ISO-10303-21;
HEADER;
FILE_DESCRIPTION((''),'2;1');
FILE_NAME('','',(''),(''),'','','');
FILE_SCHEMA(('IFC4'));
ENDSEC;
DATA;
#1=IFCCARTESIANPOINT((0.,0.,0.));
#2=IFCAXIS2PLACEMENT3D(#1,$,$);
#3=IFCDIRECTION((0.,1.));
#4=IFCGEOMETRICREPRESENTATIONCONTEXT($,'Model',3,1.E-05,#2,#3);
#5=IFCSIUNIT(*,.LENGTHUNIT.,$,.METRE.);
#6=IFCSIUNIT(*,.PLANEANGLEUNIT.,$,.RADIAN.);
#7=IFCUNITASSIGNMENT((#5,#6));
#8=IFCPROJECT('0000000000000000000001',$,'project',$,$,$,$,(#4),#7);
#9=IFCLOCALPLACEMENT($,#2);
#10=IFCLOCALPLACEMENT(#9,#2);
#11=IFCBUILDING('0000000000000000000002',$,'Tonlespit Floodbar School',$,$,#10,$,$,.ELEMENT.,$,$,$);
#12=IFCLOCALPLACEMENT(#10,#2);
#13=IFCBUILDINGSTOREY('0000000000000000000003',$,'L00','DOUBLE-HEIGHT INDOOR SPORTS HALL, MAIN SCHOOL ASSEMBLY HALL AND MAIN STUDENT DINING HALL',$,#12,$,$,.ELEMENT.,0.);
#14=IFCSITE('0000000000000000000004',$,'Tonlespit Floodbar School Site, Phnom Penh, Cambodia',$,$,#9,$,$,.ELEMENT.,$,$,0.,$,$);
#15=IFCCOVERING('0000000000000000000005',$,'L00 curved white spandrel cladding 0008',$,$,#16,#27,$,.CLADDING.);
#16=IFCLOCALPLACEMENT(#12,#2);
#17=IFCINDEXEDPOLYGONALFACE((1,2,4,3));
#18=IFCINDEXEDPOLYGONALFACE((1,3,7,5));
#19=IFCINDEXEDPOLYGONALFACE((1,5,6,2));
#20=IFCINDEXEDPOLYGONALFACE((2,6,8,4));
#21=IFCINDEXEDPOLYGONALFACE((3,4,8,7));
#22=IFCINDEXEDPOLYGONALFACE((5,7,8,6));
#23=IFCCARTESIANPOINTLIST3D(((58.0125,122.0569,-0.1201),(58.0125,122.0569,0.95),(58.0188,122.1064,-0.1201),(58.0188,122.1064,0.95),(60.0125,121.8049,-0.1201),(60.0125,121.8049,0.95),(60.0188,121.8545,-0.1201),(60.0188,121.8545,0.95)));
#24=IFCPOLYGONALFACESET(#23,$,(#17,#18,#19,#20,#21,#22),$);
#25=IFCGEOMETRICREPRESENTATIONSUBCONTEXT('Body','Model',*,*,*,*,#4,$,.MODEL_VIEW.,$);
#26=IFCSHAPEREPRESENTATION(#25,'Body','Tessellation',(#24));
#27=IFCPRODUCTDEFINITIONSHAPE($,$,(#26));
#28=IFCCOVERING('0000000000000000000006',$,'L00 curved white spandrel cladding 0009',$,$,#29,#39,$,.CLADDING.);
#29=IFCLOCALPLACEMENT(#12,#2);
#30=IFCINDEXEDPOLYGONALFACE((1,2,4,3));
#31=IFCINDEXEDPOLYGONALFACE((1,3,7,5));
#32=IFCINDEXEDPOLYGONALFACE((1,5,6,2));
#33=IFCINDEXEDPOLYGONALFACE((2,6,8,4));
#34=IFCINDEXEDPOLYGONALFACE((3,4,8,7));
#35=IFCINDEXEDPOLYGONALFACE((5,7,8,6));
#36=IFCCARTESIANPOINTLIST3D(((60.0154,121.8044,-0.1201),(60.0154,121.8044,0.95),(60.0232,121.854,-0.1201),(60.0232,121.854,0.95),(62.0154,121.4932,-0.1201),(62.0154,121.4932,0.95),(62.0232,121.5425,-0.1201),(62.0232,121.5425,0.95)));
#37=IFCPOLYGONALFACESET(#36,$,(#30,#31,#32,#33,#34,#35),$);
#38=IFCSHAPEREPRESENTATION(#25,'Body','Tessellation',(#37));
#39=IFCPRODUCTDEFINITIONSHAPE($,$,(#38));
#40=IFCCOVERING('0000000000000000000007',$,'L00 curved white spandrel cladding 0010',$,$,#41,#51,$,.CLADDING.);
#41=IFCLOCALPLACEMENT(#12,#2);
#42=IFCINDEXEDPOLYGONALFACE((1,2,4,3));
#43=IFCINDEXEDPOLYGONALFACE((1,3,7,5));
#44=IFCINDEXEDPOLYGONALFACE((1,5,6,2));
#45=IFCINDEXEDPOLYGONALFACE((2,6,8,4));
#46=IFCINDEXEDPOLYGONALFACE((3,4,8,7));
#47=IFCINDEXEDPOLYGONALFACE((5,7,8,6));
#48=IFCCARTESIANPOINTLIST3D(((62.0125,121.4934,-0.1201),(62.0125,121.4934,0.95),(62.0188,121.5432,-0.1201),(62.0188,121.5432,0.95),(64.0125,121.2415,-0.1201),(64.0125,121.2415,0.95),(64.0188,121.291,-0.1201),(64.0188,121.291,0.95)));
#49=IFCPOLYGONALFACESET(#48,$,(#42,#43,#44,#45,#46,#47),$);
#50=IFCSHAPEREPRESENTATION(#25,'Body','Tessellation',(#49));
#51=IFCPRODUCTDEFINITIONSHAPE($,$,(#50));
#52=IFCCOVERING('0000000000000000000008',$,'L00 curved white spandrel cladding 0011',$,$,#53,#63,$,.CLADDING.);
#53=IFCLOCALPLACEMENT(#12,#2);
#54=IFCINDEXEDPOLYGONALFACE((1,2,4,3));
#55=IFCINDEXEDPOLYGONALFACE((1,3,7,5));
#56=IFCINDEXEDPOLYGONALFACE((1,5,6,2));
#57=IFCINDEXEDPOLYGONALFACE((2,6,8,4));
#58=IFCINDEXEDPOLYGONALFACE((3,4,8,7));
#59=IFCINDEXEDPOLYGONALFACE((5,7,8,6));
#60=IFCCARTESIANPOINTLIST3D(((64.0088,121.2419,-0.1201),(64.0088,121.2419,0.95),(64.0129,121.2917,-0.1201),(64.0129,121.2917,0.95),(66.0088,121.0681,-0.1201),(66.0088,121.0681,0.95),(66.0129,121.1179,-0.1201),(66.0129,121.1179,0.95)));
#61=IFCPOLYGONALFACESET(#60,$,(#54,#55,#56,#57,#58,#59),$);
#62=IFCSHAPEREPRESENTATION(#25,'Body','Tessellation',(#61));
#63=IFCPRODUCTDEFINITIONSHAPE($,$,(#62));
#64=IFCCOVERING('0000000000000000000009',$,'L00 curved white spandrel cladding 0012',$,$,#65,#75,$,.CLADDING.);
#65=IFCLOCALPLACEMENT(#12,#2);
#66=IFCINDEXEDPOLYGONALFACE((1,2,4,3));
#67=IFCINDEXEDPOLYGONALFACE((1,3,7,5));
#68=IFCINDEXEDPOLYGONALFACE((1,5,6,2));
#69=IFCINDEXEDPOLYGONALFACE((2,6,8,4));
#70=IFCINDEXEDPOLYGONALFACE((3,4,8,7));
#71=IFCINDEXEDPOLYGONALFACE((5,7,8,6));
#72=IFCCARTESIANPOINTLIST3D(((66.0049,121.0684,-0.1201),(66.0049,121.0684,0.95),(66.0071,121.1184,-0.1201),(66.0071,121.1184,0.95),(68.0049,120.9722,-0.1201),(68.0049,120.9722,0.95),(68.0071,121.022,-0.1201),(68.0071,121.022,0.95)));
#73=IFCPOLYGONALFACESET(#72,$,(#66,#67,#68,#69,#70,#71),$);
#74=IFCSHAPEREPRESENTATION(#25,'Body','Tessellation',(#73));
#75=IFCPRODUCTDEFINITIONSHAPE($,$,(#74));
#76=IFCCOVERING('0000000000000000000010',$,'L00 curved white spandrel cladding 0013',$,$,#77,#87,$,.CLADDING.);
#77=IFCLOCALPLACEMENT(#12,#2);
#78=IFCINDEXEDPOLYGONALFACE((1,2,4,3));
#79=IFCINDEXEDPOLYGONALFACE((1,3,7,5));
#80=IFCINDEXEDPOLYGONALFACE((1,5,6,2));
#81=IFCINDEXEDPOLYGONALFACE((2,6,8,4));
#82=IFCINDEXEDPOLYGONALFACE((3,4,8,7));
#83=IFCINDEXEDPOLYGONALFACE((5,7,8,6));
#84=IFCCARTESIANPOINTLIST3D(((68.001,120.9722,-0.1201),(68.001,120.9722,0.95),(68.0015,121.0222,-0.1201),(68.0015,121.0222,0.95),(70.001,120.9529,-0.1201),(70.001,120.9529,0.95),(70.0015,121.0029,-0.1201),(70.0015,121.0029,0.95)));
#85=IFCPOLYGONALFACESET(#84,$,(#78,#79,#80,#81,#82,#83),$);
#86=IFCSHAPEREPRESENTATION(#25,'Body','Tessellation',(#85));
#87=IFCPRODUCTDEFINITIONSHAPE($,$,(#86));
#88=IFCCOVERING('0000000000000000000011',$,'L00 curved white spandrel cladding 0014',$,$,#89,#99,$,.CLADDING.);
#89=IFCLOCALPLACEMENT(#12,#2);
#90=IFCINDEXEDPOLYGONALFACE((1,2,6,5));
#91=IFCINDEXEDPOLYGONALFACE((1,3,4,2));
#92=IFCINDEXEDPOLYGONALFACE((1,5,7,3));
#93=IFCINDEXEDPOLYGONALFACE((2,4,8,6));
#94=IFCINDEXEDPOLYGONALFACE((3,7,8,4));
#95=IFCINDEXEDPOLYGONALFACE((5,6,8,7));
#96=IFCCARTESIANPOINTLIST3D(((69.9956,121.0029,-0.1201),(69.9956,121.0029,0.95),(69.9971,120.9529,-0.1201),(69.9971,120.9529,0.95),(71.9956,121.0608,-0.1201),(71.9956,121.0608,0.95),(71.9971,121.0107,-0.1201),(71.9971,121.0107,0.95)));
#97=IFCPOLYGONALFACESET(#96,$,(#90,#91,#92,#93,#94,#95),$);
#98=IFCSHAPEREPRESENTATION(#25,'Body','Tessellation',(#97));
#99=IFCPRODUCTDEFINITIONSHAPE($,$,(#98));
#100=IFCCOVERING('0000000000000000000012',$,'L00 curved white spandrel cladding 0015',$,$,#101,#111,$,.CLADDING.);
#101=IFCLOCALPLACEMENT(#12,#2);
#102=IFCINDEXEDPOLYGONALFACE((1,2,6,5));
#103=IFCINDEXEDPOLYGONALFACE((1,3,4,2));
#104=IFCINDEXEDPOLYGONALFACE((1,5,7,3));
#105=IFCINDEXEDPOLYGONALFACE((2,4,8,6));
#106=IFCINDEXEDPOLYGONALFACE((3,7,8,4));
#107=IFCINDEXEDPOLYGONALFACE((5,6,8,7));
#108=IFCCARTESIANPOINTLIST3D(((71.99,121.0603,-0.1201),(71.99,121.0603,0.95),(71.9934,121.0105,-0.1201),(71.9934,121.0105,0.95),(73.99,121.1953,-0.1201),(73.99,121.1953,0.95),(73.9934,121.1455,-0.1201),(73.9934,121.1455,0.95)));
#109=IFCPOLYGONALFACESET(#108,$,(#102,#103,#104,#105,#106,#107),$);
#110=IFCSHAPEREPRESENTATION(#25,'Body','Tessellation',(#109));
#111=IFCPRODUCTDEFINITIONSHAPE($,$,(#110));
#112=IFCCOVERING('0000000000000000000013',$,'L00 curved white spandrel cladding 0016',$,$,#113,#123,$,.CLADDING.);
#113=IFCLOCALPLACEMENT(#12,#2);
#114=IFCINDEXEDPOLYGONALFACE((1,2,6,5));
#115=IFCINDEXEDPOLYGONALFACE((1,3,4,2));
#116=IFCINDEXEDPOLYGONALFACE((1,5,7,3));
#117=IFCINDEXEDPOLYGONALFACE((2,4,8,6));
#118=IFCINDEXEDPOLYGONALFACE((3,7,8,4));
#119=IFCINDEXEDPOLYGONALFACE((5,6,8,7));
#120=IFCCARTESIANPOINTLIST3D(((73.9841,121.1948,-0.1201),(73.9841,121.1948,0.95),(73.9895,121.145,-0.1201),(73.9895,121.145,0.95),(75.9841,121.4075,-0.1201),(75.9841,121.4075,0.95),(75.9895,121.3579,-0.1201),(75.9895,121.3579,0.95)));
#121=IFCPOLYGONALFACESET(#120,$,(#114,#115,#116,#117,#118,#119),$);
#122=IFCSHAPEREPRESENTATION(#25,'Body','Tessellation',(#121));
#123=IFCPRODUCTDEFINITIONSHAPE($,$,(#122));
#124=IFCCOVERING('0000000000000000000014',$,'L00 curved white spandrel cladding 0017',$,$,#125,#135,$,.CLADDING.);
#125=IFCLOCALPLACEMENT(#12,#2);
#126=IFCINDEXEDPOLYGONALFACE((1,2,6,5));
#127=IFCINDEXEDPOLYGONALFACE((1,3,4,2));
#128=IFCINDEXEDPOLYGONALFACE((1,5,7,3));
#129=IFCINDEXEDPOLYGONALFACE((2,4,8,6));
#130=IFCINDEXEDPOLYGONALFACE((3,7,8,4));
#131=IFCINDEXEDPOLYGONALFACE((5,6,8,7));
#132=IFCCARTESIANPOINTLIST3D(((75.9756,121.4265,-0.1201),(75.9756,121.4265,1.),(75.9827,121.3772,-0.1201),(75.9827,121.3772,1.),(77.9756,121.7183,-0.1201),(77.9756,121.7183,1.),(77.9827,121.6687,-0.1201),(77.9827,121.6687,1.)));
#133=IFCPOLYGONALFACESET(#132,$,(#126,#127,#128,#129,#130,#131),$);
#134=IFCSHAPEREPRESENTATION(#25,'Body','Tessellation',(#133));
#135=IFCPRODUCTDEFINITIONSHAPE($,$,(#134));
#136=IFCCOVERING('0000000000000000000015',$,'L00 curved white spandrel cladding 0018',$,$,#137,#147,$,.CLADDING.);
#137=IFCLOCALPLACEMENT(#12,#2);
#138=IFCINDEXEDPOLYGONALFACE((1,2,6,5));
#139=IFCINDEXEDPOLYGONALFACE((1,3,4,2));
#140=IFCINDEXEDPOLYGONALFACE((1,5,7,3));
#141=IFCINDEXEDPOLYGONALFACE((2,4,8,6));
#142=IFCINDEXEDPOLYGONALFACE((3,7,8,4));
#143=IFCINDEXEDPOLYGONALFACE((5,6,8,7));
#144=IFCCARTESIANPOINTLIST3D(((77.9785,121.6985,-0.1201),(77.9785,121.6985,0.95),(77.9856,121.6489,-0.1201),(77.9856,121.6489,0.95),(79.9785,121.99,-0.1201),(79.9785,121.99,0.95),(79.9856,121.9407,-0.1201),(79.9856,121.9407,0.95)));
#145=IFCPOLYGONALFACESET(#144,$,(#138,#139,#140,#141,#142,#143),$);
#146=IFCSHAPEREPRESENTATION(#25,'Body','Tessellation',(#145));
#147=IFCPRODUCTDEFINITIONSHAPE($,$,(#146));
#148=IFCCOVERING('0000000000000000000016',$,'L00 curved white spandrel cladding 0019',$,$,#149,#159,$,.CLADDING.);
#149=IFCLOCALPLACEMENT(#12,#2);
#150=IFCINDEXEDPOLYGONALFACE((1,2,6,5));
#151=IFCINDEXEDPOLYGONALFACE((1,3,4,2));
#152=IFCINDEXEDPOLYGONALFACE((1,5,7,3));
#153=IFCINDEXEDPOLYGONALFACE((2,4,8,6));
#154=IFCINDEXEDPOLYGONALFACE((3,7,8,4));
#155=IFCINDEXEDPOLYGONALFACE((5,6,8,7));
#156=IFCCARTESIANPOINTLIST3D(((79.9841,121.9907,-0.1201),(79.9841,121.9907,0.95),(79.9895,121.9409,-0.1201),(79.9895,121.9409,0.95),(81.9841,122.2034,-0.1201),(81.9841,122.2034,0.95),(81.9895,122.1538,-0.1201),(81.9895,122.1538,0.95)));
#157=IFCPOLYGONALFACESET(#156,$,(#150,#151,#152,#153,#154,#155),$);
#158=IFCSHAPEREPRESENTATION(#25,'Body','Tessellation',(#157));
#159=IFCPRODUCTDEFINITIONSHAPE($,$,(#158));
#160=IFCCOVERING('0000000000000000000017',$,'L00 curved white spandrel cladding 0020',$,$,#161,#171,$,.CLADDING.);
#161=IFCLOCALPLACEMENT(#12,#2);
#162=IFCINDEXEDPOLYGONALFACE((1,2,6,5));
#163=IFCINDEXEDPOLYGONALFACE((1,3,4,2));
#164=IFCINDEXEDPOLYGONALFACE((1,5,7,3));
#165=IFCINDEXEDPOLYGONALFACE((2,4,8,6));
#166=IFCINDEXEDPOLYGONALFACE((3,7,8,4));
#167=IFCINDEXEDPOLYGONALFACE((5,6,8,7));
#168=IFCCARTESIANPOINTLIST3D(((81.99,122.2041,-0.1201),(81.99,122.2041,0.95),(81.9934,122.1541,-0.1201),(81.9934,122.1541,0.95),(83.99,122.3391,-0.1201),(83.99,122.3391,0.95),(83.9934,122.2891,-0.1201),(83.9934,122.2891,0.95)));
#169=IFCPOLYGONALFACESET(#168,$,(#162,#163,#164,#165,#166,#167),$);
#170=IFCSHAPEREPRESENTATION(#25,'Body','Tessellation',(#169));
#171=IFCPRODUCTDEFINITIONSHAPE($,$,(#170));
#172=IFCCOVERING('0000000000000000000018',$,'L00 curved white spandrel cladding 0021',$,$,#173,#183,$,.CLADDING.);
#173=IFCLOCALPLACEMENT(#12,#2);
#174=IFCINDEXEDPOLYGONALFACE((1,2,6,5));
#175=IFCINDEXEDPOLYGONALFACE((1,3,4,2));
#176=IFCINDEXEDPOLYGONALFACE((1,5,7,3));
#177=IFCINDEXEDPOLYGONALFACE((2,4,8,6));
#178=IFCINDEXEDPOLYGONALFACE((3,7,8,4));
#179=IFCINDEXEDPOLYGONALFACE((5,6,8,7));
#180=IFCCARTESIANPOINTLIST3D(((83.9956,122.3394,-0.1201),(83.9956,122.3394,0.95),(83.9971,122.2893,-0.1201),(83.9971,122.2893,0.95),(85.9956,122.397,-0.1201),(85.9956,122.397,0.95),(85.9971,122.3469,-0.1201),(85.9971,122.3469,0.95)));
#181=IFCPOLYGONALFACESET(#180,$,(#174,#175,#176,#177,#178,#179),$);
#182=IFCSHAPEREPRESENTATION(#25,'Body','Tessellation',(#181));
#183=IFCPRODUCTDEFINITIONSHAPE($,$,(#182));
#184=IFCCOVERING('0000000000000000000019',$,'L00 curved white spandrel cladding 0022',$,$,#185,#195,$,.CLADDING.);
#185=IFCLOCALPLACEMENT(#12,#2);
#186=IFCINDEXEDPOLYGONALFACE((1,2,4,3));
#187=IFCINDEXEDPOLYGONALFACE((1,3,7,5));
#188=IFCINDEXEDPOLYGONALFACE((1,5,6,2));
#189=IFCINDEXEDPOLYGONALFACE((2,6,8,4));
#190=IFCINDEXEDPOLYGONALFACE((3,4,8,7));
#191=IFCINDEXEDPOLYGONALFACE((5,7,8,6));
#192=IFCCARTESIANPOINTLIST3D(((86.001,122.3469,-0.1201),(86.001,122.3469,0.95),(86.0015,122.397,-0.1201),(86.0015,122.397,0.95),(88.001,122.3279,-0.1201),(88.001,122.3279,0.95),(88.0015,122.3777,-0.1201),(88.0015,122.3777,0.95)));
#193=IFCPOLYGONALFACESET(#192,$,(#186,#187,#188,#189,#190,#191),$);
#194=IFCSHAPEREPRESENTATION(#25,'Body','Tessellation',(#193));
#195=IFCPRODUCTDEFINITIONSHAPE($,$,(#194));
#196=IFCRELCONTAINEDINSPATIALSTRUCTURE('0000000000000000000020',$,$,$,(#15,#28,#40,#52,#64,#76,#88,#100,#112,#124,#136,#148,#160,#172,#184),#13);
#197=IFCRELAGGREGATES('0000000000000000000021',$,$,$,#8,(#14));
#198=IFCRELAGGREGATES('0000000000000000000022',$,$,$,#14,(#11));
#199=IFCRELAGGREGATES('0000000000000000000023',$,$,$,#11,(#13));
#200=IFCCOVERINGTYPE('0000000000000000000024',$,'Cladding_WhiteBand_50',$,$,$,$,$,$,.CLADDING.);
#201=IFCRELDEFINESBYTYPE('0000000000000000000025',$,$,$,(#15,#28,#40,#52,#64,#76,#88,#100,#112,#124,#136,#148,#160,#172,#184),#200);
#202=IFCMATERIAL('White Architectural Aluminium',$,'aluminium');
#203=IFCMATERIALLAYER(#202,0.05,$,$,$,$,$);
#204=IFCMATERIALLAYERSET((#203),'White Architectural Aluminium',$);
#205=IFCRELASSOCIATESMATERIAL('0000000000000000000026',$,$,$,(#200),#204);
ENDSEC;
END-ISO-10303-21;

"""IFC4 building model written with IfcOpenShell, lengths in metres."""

from ifc_helpers import new_model, si_unit, direction, frame, origin, place, context, subcontext, project, spatial, polyline, outline, extrude, material, layer, layer_set, type_object, element, save


model = new_model("IFC4")

# Units and contexts
model_context = context("Model", 3, precision=1e-05, world=origin(), true_north=direction((0.0, 1.0)))
body_context = subcontext(model_context, "Body", "Model", "MODEL_VIEW")
ifc_project = project(units=[si_unit("LENGTHUNIT", "METRE"), si_unit("PLANEANGLEUNIT", "RADIAN")], contexts=[model_context])

# Site, building, storey
site_placement = place(None, origin())
site = spatial("IfcSite", under=ifc_project, at=site_placement, Name="Tonlespit Floodbar School Site, Phnom Penh, Cambodia", CompositionType="ELEMENT", RefElevation=0.0)
building_placement = place(site_placement, origin())
building = spatial("IfcBuilding", under=site, at=building_placement, Name="Tonlespit Floodbar School", CompositionType="ELEMENT")
storey_placement = place(building_placement, origin())
storey = spatial("IfcBuildingStorey", under=building, at=storey_placement, Name="L00", Description="DOUBLE-HEIGHT INDOOR SPORTS HALL, MAIN SCHOOL ASSEMBLY HALL AND MAIN STUDENT DINING HALL", CompositionType="ELEMENT", Elevation=0.0)

# Coverings
ifc_material = material(Name="White Architectural Aluminium", Category="aluminium")
ifc_layer = layer(ifc_material, 0.05)
ifc_layer_set = layer_set([ifc_layer], Name="White Architectural Aluminium")
covering_type = type_object("IfcCoveringType", Name="Cladding_WhiteBand_50", PredefinedType="CLADDING", material=ifc_layer_set)
covering_1_placement = place(storey_placement, frame((0.0, 0.0, -0.1201)))
element("IfcCovering", 1, at=covering_1_placement, inside=storey, type_object=covering_type, Name="L00 curved white spandrel cladding 0008", PredefinedType="CLADDING", context=body_context, shape_type="SweptSolid", body=[
    extrude(outline(polyline([(58.0125, 122.0569), (60.0125, 121.8049), (60.0188, 121.8545), (58.0188, 122.1064), (58.0125, 122.0569)])), origin(), (0.0, 0.0, 1.0), 1.0701),
])
covering_2_placement = place(storey_placement, frame((0.0, 0.0, -0.1201)))
element("IfcCovering", 2, at=covering_2_placement, inside=storey, type_object=covering_type, Name="L00 curved white spandrel cladding 0009", PredefinedType="CLADDING", context=body_context, shape_type="SweptSolid", body=[
    extrude(outline(polyline([(60.0154, 121.8044), (62.0154, 121.4932), (62.0232, 121.5425), (60.0232, 121.854), (60.0154, 121.8044)])), origin(), (0.0, 0.0, 1.0), 1.0701),
])
covering_3_placement = place(storey_placement, frame((0.0, 0.0, -0.1201)))
element("IfcCovering", 3, at=covering_3_placement, inside=storey, type_object=covering_type, Name="L00 curved white spandrel cladding 0010", PredefinedType="CLADDING", context=body_context, shape_type="SweptSolid", body=[
    extrude(outline(polyline([(62.0125, 121.4934), (64.0125, 121.2415), (64.0188, 121.291), (62.0188, 121.5432), (62.0125, 121.4934)])), origin(), (0.0, 0.0, 1.0), 1.0701),
])
covering_4_placement = place(storey_placement, frame((0.0, 0.0, -0.1201)))
element("IfcCovering", 4, at=covering_4_placement, inside=storey, type_object=covering_type, Name="L00 curved white spandrel cladding 0011", PredefinedType="CLADDING", context=body_context, shape_type="SweptSolid", body=[
    extrude(outline(polyline([(64.0088, 121.2419), (66.0088, 121.0681), (66.0129, 121.1179), (64.0129, 121.2917), (64.0088, 121.2419)])), origin(), (0.0, 0.0, 1.0), 1.0701),
])
covering_5_placement = place(storey_placement, frame((0.0, 0.0, -0.1201)))
element("IfcCovering", 5, at=covering_5_placement, inside=storey, type_object=covering_type, Name="L00 curved white spandrel cladding 0012", PredefinedType="CLADDING", context=body_context, shape_type="SweptSolid", body=[
    extrude(outline(polyline([(66.0049, 121.0684), (68.0049, 120.9722), (68.0071, 121.022), (66.0071, 121.1184), (66.0049, 121.0684)])), origin(), (0.0, 0.0, 1.0), 1.0701),
])
covering_6_placement = place(storey_placement, frame((0.0, 0.0, -0.1201)))
element("IfcCovering", 6, at=covering_6_placement, inside=storey, type_object=covering_type, Name="L00 curved white spandrel cladding 0013", PredefinedType="CLADDING", context=body_context, shape_type="SweptSolid", body=[
    extrude(outline(polyline([(68.001, 120.9722), (70.001, 120.9529), (70.0015, 121.0029), (68.0015, 121.0222), (68.001, 120.9722)])), origin(), (0.0, 0.0, 1.0), 1.0701),
])
covering_7_placement = place(storey_placement, frame((0.0, 0.0, -0.1201)))
element("IfcCovering", 7, at=covering_7_placement, inside=storey, type_object=covering_type, Name="L00 curved white spandrel cladding 0014", PredefinedType="CLADDING", context=body_context, shape_type="SweptSolid", body=[
    extrude(outline(polyline([(69.9971, 120.9529), (71.9971, 121.0107), (71.9956, 121.0608), (69.9956, 121.0029), (69.9971, 120.9529)])), origin(), (0.0, 0.0, 1.0), 1.0701),
])
covering_8_placement = place(storey_placement, frame((0.0, 0.0, -0.1201)))
element("IfcCovering", 8, at=covering_8_placement, inside=storey, type_object=covering_type, Name="L00 curved white spandrel cladding 0015", PredefinedType="CLADDING", context=body_context, shape_type="SweptSolid", body=[
    extrude(outline(polyline([(71.9934, 121.0105), (73.9934, 121.1455), (73.99, 121.1953), (71.99, 121.0603), (71.9934, 121.0105)])), origin(), (0.0, 0.0, 1.0), 1.0701),
])
covering_9_placement = place(storey_placement, frame((0.0, 0.0, -0.1201)))
element("IfcCovering", 9, at=covering_9_placement, inside=storey, type_object=covering_type, Name="L00 curved white spandrel cladding 0016", PredefinedType="CLADDING", context=body_context, shape_type="SweptSolid", body=[
    extrude(outline(polyline([(73.9895, 121.145), (75.9895, 121.3579), (75.9841, 121.4075), (73.9841, 121.1948), (73.9895, 121.145)])), origin(), (0.0, 0.0, 1.0), 1.0701),
])
covering_10_placement = place(storey_placement, frame((0.0, 0.0, -0.1201)))
element("IfcCovering", 10, at=covering_10_placement, inside=storey, type_object=covering_type, Name="L00 curved white spandrel cladding 0017", PredefinedType="CLADDING", context=body_context, shape_type="SweptSolid", body=[
    extrude(outline(polyline([(75.9827, 121.3772), (77.9827, 121.6687), (77.9756, 121.7183), (75.9756, 121.4265), (75.9827, 121.3772)])), origin(), (0.0, 0.0, 1.0), 1.1201),
])
covering_11_placement = place(storey_placement, frame((0.0, 0.0, -0.1201)))
element("IfcCovering", 11, at=covering_11_placement, inside=storey, type_object=covering_type, Name="L00 curved white spandrel cladding 0018", PredefinedType="CLADDING", context=body_context, shape_type="SweptSolid", body=[
    extrude(outline(polyline([(77.9856, 121.6489), (79.9856, 121.9407), (79.9785, 121.99), (77.9785, 121.6985), (77.9856, 121.6489)])), origin(), (0.0, 0.0, 1.0), 1.0701),
])
covering_12_placement = place(storey_placement, frame((0.0, 0.0, -0.1201)))
element("IfcCovering", 12, at=covering_12_placement, inside=storey, type_object=covering_type, Name="L00 curved white spandrel cladding 0019", PredefinedType="CLADDING", context=body_context, shape_type="SweptSolid", body=[
    extrude(outline(polyline([(79.9895, 121.9409), (81.9895, 122.1538), (81.9841, 122.2034), (79.9841, 121.9907), (79.9895, 121.9409)])), origin(), (0.0, 0.0, 1.0), 1.0701),
])
covering_13_placement = place(storey_placement, frame((0.0, 0.0, -0.1201)))
element("IfcCovering", 13, at=covering_13_placement, inside=storey, type_object=covering_type, Name="L00 curved white spandrel cladding 0020", PredefinedType="CLADDING", context=body_context, shape_type="SweptSolid", body=[
    extrude(outline(polyline([(81.9934, 122.1541), (83.9934, 122.2891), (83.99, 122.3391), (81.99, 122.2041), (81.9934, 122.1541)])), origin(), (0.0, 0.0, 1.0), 1.0701),
])
covering_14_placement = place(storey_placement, frame((0.0, 0.0, -0.1201)))
element("IfcCovering", 14, at=covering_14_placement, inside=storey, type_object=covering_type, Name="L00 curved white spandrel cladding 0021", PredefinedType="CLADDING", context=body_context, shape_type="SweptSolid", body=[
    extrude(outline(polyline([(83.9971, 122.2893), (85.9971, 122.3469), (85.9956, 122.397), (83.9956, 122.3394), (83.9971, 122.2893)])), origin(), (0.0, 0.0, 1.0), 1.0701),
])
covering_15_placement = place(storey_placement, frame((0.0, 0.0, -0.1201)))
element("IfcCovering", 15, at=covering_15_placement, inside=storey, type_object=covering_type, Name="L00 curved white spandrel cladding 0022", PredefinedType="CLADDING", context=body_context, shape_type="SweptSolid", body=[
    extrude(outline(polyline([(86.001, 122.3469), (88.001, 122.3279), (88.0015, 122.3777), (86.0015, 122.397), (86.001, 122.3469)])), origin(), (0.0, 0.0, 1.0), 1.0701),
])

save(model, "model.ifc")
